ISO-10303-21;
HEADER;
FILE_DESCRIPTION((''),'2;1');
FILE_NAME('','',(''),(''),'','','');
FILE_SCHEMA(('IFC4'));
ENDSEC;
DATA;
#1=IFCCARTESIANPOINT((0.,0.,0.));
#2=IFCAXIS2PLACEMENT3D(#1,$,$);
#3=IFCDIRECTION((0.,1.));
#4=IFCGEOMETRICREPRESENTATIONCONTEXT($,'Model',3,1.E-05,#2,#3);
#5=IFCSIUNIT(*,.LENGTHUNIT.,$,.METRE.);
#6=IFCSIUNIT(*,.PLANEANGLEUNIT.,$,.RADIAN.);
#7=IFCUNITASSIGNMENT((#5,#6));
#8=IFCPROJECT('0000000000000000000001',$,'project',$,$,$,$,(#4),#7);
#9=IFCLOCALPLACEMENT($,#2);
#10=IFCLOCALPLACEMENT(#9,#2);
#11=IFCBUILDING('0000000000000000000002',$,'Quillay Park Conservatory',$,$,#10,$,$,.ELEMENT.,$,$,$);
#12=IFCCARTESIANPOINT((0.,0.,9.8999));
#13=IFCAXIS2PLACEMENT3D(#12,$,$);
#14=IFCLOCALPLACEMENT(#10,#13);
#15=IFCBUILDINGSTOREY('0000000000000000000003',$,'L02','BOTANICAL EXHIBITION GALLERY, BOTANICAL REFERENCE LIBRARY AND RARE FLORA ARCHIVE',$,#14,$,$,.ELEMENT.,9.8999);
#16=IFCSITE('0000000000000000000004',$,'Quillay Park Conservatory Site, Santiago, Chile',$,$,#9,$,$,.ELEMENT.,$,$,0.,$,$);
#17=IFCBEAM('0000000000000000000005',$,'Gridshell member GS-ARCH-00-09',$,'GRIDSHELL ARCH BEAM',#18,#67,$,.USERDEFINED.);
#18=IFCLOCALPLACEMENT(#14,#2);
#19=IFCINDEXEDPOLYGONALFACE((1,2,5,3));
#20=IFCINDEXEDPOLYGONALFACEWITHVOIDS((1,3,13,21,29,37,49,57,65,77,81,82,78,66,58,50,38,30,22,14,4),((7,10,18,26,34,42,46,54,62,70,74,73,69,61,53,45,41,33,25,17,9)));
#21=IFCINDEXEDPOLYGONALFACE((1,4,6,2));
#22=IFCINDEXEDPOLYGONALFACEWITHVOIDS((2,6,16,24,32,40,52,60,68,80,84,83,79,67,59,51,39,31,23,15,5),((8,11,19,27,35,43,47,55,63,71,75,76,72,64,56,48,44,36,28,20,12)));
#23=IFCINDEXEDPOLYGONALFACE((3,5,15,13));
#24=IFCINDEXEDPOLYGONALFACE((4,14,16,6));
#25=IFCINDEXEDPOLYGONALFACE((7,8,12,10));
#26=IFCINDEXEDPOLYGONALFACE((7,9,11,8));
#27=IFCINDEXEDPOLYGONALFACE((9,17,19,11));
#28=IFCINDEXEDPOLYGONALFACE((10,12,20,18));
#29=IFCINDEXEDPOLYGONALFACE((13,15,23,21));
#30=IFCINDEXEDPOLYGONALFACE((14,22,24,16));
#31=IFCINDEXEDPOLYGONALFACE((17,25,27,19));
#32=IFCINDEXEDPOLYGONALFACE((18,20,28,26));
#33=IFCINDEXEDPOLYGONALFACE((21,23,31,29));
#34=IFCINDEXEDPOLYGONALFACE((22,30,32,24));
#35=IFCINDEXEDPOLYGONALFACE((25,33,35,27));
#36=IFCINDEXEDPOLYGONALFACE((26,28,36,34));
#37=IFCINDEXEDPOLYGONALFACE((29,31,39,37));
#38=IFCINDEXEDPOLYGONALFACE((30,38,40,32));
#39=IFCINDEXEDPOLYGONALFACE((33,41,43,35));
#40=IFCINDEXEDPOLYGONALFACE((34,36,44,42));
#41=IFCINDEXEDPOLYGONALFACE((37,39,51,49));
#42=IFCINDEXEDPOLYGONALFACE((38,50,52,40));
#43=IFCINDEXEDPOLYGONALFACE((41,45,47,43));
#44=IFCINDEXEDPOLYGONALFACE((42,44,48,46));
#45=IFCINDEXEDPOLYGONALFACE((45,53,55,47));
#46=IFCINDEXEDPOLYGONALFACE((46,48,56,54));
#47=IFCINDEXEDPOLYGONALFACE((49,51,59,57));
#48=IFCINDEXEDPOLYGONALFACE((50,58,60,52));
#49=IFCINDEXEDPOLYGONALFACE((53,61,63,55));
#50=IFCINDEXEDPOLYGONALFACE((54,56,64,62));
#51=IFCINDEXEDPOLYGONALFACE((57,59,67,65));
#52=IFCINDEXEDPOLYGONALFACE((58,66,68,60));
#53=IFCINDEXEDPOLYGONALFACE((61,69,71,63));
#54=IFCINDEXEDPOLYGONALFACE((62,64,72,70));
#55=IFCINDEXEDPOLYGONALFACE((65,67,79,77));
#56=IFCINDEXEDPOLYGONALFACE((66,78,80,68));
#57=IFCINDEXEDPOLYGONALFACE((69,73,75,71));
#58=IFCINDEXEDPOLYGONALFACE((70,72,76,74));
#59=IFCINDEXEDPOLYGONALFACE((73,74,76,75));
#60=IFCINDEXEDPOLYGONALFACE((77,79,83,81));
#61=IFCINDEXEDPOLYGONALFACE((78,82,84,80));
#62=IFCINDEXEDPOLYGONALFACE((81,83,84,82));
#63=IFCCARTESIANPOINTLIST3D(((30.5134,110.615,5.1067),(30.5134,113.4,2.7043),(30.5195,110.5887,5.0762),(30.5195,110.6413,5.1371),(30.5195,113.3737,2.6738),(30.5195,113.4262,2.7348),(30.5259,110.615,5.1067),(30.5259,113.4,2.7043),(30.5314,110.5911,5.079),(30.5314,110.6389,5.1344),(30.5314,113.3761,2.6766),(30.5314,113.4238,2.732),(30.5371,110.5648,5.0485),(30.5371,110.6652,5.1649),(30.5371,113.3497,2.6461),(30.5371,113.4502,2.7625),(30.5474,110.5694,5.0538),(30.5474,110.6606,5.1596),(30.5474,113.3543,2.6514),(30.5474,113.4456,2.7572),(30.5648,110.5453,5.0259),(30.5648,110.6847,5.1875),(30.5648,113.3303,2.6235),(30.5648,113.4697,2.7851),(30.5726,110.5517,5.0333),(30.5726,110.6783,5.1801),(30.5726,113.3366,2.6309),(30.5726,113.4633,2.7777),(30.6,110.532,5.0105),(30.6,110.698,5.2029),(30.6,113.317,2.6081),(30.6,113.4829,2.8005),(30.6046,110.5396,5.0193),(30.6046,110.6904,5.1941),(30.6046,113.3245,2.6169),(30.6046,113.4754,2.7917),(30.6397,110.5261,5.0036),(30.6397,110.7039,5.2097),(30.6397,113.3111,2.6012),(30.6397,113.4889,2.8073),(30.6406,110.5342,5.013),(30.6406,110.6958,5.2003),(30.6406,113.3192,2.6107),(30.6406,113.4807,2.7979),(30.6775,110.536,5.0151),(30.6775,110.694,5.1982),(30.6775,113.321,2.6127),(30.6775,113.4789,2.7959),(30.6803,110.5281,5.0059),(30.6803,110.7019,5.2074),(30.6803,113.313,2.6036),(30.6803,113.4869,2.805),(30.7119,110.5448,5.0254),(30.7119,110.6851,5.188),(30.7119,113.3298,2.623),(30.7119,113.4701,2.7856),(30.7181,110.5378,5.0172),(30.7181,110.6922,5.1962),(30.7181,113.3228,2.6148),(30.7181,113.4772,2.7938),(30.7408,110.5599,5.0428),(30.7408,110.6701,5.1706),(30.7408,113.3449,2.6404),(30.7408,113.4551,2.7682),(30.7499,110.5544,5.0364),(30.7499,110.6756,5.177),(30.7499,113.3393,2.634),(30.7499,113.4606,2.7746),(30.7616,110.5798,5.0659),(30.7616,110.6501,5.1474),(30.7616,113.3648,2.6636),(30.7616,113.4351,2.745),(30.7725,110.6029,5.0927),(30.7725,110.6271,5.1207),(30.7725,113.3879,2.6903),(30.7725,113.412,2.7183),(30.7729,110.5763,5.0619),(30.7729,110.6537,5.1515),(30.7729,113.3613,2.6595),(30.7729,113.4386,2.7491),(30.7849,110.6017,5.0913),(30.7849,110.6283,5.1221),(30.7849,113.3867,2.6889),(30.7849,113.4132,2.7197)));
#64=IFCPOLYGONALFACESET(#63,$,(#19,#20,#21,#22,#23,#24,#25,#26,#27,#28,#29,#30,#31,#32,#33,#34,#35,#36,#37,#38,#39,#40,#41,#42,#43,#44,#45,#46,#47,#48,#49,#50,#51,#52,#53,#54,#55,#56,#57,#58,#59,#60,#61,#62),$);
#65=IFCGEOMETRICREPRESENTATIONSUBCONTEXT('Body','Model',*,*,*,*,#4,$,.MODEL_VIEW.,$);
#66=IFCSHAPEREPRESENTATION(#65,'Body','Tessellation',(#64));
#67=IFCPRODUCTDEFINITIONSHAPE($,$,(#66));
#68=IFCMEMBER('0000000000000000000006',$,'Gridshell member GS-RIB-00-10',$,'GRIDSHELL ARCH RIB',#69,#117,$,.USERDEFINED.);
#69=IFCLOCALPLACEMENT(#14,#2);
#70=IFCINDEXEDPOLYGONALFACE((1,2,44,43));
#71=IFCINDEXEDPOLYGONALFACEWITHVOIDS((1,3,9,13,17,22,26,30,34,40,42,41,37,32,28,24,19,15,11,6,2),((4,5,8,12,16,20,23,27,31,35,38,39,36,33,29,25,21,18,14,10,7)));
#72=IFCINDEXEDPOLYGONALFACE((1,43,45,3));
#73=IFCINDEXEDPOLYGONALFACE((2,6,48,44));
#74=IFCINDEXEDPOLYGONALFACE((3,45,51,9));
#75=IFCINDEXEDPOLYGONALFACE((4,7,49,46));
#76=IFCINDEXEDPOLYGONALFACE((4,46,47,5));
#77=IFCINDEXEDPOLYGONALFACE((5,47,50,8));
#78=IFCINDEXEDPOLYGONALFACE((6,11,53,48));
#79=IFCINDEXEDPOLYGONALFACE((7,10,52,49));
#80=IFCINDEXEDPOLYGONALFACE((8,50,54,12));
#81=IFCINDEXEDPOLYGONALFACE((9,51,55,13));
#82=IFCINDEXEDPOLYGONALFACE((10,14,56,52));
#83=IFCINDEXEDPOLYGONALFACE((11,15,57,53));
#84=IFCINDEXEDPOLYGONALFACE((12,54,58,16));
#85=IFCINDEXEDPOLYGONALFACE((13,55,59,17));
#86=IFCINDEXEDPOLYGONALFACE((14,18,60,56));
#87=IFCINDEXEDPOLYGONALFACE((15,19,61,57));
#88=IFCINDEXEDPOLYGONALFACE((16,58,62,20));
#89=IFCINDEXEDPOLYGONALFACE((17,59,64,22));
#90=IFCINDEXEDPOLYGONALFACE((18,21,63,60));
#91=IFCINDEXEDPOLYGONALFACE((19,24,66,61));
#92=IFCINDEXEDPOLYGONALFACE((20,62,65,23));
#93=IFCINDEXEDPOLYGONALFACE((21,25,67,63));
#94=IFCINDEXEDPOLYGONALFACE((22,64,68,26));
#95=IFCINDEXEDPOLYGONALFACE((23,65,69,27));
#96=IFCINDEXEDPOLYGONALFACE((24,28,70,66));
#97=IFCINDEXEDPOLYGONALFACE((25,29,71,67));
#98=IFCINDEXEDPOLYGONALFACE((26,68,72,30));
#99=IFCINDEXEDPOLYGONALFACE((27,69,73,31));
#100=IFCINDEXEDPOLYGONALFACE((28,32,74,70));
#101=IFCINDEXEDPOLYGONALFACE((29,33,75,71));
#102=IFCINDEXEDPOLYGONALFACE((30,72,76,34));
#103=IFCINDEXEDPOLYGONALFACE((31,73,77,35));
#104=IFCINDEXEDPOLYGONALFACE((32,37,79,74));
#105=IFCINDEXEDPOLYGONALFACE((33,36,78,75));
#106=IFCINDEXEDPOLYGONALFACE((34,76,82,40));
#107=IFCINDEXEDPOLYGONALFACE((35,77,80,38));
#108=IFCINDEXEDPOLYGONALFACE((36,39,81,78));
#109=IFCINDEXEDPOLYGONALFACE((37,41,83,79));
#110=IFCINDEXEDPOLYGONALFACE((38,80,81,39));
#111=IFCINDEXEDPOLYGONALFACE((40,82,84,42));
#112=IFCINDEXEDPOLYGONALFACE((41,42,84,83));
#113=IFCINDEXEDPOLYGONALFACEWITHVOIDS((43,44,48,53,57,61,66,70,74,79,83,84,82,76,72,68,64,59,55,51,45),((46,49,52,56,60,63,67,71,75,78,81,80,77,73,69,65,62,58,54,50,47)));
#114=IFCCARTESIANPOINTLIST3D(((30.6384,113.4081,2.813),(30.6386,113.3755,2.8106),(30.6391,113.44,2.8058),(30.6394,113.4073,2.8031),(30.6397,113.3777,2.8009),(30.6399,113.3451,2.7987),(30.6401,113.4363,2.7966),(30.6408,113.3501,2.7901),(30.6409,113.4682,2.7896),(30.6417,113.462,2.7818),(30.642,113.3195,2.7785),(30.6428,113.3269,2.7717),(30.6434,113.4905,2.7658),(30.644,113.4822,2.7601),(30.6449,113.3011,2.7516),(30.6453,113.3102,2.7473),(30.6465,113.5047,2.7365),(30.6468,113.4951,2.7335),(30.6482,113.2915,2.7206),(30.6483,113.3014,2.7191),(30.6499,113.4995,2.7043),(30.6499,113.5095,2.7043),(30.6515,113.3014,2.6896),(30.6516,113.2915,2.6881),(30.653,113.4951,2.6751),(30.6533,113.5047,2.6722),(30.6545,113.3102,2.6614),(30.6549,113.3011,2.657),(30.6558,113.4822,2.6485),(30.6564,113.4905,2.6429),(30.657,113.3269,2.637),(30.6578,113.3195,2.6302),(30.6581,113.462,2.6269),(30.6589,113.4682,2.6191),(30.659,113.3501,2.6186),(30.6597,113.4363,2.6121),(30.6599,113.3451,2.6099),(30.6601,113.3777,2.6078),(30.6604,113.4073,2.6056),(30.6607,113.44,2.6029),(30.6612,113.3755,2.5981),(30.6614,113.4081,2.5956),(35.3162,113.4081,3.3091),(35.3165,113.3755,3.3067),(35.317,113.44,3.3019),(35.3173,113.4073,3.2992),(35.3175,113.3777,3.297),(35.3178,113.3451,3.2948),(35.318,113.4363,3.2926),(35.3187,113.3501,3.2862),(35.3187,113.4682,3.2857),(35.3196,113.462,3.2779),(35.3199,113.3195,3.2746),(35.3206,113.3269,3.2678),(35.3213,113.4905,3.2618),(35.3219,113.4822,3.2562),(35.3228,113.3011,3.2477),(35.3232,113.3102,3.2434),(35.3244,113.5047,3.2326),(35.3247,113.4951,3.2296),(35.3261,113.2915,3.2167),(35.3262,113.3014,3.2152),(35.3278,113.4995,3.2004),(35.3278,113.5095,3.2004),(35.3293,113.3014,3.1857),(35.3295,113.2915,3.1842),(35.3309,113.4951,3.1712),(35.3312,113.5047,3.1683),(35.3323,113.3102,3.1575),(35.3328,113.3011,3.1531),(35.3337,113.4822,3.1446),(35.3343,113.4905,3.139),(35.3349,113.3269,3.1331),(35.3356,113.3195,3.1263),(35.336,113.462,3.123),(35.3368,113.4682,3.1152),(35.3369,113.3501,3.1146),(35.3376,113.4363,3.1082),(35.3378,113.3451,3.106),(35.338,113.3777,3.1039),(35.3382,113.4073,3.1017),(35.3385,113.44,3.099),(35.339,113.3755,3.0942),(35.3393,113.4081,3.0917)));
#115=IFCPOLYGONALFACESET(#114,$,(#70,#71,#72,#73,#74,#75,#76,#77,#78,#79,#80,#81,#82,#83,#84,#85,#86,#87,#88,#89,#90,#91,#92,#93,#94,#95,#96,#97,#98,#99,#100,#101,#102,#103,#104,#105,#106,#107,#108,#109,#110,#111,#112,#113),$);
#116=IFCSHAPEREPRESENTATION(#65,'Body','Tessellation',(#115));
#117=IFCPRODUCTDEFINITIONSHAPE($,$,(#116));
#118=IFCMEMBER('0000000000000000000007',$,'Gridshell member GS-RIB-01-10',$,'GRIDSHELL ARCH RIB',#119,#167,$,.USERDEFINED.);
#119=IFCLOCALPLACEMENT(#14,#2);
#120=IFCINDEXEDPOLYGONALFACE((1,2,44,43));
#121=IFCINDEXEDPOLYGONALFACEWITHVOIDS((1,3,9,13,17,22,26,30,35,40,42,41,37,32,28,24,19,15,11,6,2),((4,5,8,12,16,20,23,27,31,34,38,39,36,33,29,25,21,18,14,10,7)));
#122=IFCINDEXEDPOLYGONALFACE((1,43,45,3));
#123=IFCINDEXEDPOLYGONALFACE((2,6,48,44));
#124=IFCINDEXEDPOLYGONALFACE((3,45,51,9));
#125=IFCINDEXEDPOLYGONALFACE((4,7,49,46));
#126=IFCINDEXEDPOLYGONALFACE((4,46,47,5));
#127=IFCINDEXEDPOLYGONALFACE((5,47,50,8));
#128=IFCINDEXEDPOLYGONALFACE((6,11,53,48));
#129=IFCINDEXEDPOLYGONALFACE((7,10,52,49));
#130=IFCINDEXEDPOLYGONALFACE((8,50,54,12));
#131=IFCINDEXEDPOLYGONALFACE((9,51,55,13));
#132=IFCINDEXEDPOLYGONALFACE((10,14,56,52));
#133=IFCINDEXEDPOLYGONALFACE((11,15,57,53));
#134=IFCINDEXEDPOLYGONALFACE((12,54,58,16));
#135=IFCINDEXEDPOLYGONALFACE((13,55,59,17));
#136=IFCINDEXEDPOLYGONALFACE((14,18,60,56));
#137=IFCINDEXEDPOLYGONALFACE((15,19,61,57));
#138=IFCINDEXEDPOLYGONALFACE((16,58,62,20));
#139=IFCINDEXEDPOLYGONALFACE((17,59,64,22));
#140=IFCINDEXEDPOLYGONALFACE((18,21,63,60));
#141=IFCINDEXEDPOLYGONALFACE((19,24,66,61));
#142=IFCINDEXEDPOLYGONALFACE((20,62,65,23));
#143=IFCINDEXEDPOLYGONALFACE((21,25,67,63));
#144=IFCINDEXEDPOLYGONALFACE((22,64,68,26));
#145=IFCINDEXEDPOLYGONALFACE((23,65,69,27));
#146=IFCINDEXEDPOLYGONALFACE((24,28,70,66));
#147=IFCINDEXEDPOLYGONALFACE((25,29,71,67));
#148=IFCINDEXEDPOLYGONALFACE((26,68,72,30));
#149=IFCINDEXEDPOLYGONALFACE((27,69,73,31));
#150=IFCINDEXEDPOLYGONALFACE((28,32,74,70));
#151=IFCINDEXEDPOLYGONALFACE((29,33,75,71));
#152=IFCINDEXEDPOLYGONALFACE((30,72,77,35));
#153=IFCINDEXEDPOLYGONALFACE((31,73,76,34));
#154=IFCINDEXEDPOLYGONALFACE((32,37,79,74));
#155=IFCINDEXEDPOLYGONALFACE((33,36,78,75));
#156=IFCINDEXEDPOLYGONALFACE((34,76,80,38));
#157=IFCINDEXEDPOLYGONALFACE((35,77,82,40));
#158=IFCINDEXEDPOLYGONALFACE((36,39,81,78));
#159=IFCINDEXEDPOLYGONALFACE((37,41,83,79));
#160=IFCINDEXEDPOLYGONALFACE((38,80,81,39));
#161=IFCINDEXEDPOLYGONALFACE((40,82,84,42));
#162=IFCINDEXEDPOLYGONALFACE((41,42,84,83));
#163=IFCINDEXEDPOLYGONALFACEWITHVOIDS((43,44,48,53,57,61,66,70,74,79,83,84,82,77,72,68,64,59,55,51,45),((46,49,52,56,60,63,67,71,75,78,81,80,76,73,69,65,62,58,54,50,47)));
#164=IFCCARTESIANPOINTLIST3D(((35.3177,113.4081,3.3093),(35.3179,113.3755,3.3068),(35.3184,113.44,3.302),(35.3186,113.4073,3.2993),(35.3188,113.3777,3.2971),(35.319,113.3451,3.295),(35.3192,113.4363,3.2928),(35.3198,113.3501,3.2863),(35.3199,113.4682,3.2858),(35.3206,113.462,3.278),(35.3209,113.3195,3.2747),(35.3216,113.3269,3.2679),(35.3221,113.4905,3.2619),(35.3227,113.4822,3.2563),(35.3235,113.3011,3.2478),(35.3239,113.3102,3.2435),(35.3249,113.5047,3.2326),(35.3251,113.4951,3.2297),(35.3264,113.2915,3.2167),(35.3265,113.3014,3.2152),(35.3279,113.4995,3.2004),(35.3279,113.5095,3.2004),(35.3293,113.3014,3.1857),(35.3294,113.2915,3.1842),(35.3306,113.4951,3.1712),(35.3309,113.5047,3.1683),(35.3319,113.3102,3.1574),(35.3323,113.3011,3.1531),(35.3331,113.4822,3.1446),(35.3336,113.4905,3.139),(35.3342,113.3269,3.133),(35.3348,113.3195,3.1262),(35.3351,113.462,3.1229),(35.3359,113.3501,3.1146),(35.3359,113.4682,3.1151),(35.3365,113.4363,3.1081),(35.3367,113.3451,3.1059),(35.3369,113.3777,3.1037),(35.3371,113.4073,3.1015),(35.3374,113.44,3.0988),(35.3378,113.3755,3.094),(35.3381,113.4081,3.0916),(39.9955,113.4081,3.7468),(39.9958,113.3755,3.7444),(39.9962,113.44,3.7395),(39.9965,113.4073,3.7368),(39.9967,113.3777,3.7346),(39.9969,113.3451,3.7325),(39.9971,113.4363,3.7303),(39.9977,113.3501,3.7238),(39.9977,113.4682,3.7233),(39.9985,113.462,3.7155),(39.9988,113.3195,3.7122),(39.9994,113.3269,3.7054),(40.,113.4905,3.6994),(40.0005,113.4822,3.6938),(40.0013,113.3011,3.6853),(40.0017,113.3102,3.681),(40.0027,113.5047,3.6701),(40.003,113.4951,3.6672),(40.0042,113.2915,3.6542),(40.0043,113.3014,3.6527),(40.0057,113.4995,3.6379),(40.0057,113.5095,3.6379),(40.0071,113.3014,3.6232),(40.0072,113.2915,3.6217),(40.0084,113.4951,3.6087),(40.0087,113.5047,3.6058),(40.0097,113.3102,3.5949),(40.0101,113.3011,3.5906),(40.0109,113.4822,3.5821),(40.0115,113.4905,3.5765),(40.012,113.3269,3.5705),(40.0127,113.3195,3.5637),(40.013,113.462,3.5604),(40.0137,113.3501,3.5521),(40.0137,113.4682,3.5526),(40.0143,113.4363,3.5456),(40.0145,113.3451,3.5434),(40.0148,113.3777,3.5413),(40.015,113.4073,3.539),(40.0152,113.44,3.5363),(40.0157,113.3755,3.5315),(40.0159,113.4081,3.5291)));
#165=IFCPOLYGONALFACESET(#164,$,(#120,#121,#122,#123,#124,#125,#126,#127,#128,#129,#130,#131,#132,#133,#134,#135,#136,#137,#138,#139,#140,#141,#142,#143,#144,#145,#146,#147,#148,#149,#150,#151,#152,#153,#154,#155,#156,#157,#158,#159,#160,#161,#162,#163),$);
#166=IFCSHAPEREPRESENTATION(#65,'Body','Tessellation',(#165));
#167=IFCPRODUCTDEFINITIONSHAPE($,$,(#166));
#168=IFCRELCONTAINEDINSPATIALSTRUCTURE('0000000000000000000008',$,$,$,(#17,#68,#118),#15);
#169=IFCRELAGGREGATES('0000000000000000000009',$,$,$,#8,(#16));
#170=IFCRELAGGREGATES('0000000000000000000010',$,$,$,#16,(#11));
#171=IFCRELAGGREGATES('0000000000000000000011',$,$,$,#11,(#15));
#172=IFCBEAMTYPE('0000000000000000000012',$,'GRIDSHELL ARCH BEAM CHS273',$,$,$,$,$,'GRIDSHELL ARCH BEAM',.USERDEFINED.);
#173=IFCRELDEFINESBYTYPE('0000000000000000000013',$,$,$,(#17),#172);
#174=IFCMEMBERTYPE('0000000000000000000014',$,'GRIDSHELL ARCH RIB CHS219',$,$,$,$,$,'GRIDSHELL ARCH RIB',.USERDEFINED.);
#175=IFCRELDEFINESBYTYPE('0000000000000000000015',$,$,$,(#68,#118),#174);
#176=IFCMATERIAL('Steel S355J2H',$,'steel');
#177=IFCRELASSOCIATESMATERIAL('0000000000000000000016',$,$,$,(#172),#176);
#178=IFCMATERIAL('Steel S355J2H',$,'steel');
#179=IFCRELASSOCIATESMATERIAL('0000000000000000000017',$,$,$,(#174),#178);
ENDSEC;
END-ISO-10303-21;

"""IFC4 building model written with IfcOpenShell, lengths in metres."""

from ifc_helpers import new_model, si_unit, direction, frame, origin, origin_2d, place, context, subcontext, project, spatial, hollow_circle, extrude, material, material_profile, profile_set, type_object, element, save


model = new_model("IFC4")

# Units and contexts
model_context = context("Model", 3, precision=1e-05, world=origin(), true_north=direction((0.0, 1.0)))
body_context = subcontext(model_context, "Body", "Model", "MODEL_VIEW")
ifc_project = project(units=[si_unit("LENGTHUNIT", "METRE"), si_unit("PLANEANGLEUNIT", "RADIAN")], contexts=[model_context])

# Site, building, storey
site_placement = place(None, origin())
site = spatial("IfcSite", under=ifc_project, at=site_placement, Name="Quillay Park Conservatory Site, Santiago, Chile", CompositionType="ELEMENT", RefElevation=0.0)
building_placement = place(site_placement, origin())
building = spatial("IfcBuilding", under=site, at=building_placement, Name="Quillay Park Conservatory", CompositionType="ELEMENT")
storey_placement = place(building_placement, frame((0.0, 0.0, 9.8999)))
storey = spatial("IfcBuildingStorey", under=building, at=storey_placement, Name="L02", Description="BOTANICAL EXHIBITION GALLERY, BOTANICAL REFERENCE LIBRARY AND RARE FLORA ARCHIVE", CompositionType="ELEMENT", Elevation=9.8999)

# Beam
ifc_material_1 = material(Name="Steel S355J2H", Category="steel")
ifc_material_profile_1 = material_profile(ifc_material_1, hollow_circle(Radius=0.1365, WallThickness=0.0125, at=origin_2d()), Name="CHS273x12.5")
ifc_profile_set_1 = profile_set([ifc_material_profile_1], Name="Steel S355J2H")
beam_type_1 = type_object("IfcBeamType", Name="GRIDSHELL ARCH BEAM CHS273", ElementType="GRIDSHELL ARCH BEAM", PredefinedType="USERDEFINED", material=ifc_profile_set_1)
beam_1_placement = place(storey_placement, frame((30.6499, 110.615, 5.1067), z_axis=(0.0, 0.757201, -0.653183), x_axis=(-1.0, 0.0, 0.0)))
element("IfcBeam", 1, at=beam_1_placement, inside=storey, type_object=beam_type_1, Name="Gridshell member GS-ARCH-00-09", ObjectType="GRIDSHELL ARCH BEAM", PredefinedType="USERDEFINED", context=body_context, shape_type="SweptSolid", body=[
    extrude(hollow_circle(Radius=0.1365, WallThickness=0.0125, at=origin_2d()), origin(), (0.0, 0.0, 1.0), 3.678),
])

# Members
ifc_material_2 = material(Name="Steel S355J2H", Category="steel")
ifc_material_profile_2 = material_profile(ifc_material_2, hollow_circle(Radius=0.1096, WallThickness=0.01, at=origin_2d()), Name="CHS219.1x10")
ifc_profile_set_2 = profile_set([ifc_material_profile_2], Name="Steel S355J2H")
member_type_1 = type_object("IfcMemberType", Name="GRIDSHELL ARCH RIB CHS219", ElementType="GRIDSHELL ARCH RIB", PredefinedType="USERDEFINED", material=ifc_profile_set_2)
member_1_placement = place(storey_placement, frame((30.6499, 113.3999, 2.7043), z_axis=(0.994424, 0.0, 0.105457), x_axis=(0.0, 1.0, 0.0)))
element("IfcMember", 2, at=member_1_placement, inside=storey, type_object=member_type_1, Name="Gridshell member GS-RIB-00-10", ObjectType="GRIDSHELL ARCH RIB", PredefinedType="USERDEFINED", context=body_context, shape_type="SweptSolid", body=[
    extrude(hollow_circle(Radius=0.1096, WallThickness=0.01, at=origin_2d()), origin(), (0.0, 0.0, 1.0), 4.7041),
])
member_2_placement = place(storey_placement, frame((35.3279, 113.3999, 3.2004), z_axis=(0.995655, 0.0, 0.093122), x_axis=(0.0, 1.0, 0.0)))
element("IfcMember", 3, at=member_2_placement, inside=storey, type_object=member_type_1, Name="Gridshell member GS-RIB-01-10", ObjectType="GRIDSHELL ARCH RIB", PredefinedType="USERDEFINED", context=body_context, shape_type="SweptSolid", body=[
    extrude(hollow_circle(Radius=0.1096, WallThickness=0.01, at=origin_2d()), origin(), (0.0, 0.0, 1.0), 4.6982),
])

save(model, "model.ifc")
